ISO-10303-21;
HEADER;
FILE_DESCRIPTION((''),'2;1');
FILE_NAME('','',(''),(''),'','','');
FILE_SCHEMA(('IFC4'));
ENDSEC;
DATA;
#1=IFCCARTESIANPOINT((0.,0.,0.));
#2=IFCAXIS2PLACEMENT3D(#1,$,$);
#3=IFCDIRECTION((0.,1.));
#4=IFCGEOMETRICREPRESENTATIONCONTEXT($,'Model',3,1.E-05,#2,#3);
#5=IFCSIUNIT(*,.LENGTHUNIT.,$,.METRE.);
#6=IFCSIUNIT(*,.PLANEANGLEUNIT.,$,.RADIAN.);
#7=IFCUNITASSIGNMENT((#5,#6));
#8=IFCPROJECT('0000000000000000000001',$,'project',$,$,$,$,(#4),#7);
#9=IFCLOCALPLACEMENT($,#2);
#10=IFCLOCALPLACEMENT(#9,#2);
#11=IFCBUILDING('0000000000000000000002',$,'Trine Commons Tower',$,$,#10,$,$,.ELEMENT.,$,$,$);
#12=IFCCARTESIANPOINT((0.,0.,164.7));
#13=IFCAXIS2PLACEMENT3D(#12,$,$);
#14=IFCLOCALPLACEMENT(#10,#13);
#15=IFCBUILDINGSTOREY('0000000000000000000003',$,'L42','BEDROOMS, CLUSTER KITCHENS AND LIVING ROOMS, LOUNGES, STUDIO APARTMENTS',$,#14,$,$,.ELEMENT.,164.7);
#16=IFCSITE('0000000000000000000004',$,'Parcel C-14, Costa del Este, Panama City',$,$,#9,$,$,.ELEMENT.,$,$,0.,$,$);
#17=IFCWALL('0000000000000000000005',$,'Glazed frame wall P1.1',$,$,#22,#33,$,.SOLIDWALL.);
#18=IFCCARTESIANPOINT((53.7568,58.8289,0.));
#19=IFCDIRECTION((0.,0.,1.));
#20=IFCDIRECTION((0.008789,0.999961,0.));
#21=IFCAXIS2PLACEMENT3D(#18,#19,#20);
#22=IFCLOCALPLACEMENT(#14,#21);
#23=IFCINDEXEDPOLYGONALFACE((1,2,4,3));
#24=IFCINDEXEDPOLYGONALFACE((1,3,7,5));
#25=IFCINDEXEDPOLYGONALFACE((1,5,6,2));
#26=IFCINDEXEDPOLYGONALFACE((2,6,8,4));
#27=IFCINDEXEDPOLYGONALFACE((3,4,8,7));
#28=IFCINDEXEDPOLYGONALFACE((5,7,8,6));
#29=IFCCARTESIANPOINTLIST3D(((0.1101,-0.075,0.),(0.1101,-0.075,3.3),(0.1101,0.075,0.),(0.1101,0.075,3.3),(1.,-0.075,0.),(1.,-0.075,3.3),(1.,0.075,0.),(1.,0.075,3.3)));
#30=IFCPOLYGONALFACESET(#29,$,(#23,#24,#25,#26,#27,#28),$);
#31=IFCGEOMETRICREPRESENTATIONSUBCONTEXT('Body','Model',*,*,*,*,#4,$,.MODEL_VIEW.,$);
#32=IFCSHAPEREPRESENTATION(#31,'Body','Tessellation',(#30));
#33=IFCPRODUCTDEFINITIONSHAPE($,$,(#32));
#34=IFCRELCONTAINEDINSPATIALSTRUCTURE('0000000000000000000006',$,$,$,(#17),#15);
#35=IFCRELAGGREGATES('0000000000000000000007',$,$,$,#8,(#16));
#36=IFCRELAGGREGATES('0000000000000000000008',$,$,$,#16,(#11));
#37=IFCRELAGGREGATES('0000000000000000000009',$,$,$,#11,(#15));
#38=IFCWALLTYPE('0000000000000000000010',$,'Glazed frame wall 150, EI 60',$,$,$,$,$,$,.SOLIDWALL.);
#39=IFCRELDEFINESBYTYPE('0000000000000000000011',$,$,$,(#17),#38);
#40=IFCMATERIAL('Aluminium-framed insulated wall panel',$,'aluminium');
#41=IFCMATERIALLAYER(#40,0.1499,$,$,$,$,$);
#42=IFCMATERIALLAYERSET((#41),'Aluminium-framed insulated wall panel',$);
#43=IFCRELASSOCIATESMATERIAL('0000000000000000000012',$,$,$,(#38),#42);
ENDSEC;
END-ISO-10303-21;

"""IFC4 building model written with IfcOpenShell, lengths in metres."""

from ifc_helpers import new_model, si_unit, direction, frame, origin, place, context, subcontext, project, spatial, polyline, outline, extrude, material, layer, layer_set, type_object, element, save


model = new_model("IFC4")

# Units and contexts
model_context = context("Model", 3, precision=1e-05, world=origin(), true_north=direction((0.0, 1.0)))
body_context = subcontext(model_context, "Body", "Model", "MODEL_VIEW")
ifc_project = project(units=[si_unit("LENGTHUNIT", "METRE"), si_unit("PLANEANGLEUNIT", "RADIAN")], contexts=[model_context])

# Site, building, storey
site_placement = place(None, origin())
site = spatial("IfcSite", under=ifc_project, at=site_placement, Name="Parcel C-14, Costa del Este, Panama City", CompositionType="ELEMENT", RefElevation=0.0)
building_placement = place(site_placement, origin())
building = spatial("IfcBuilding", under=site, at=building_placement, Name="Trine Commons Tower", CompositionType="ELEMENT")
storey_placement = place(building_placement, frame((0.0, 0.0, 164.7)))
storey = spatial("IfcBuildingStorey", under=building, at=storey_placement, Name="L42", Description="BEDROOMS, CLUSTER KITCHENS AND LIVING ROOMS, LOUNGES, STUDIO APARTMENTS", CompositionType="ELEMENT", Elevation=164.7)

# Wall
ifc_material_1 = material(Name="Aluminium-framed insulated wall panel", Category="aluminium")
ifc_layer_1 = layer(ifc_material_1, 0.1499)
ifc_layer_set_1 = layer_set([ifc_layer_1], Name="Aluminium-framed insulated wall panel")
wall_type_1 = type_object("IfcWallType", Name="Glazed frame wall 150, EI 60", PredefinedType="SOLIDWALL", material=ifc_layer_set_1)
wall_1_placement = place(storey_placement, frame((53.7568, 58.8289, 0.0), z_axis=(0.0, 0.0, 1.0), x_axis=(0.008789, 0.999961, 0.0)))
element("IfcWall", 1, at=wall_1_placement, inside=storey, type_object=wall_type_1, Name="Glazed frame wall P1.1", PredefinedType="SOLIDWALL", context=body_context, shape_type="SweptSolid", body=[
    extrude(outline(polyline([(0.1101, -0.075), (1.0, -0.075), (1.0, 0.075), (0.1101, 0.075), (0.1101, -0.075)])), origin(), (0.0, 0.0, 1.0), 3.3),
])

save(model, "model.ifc")
